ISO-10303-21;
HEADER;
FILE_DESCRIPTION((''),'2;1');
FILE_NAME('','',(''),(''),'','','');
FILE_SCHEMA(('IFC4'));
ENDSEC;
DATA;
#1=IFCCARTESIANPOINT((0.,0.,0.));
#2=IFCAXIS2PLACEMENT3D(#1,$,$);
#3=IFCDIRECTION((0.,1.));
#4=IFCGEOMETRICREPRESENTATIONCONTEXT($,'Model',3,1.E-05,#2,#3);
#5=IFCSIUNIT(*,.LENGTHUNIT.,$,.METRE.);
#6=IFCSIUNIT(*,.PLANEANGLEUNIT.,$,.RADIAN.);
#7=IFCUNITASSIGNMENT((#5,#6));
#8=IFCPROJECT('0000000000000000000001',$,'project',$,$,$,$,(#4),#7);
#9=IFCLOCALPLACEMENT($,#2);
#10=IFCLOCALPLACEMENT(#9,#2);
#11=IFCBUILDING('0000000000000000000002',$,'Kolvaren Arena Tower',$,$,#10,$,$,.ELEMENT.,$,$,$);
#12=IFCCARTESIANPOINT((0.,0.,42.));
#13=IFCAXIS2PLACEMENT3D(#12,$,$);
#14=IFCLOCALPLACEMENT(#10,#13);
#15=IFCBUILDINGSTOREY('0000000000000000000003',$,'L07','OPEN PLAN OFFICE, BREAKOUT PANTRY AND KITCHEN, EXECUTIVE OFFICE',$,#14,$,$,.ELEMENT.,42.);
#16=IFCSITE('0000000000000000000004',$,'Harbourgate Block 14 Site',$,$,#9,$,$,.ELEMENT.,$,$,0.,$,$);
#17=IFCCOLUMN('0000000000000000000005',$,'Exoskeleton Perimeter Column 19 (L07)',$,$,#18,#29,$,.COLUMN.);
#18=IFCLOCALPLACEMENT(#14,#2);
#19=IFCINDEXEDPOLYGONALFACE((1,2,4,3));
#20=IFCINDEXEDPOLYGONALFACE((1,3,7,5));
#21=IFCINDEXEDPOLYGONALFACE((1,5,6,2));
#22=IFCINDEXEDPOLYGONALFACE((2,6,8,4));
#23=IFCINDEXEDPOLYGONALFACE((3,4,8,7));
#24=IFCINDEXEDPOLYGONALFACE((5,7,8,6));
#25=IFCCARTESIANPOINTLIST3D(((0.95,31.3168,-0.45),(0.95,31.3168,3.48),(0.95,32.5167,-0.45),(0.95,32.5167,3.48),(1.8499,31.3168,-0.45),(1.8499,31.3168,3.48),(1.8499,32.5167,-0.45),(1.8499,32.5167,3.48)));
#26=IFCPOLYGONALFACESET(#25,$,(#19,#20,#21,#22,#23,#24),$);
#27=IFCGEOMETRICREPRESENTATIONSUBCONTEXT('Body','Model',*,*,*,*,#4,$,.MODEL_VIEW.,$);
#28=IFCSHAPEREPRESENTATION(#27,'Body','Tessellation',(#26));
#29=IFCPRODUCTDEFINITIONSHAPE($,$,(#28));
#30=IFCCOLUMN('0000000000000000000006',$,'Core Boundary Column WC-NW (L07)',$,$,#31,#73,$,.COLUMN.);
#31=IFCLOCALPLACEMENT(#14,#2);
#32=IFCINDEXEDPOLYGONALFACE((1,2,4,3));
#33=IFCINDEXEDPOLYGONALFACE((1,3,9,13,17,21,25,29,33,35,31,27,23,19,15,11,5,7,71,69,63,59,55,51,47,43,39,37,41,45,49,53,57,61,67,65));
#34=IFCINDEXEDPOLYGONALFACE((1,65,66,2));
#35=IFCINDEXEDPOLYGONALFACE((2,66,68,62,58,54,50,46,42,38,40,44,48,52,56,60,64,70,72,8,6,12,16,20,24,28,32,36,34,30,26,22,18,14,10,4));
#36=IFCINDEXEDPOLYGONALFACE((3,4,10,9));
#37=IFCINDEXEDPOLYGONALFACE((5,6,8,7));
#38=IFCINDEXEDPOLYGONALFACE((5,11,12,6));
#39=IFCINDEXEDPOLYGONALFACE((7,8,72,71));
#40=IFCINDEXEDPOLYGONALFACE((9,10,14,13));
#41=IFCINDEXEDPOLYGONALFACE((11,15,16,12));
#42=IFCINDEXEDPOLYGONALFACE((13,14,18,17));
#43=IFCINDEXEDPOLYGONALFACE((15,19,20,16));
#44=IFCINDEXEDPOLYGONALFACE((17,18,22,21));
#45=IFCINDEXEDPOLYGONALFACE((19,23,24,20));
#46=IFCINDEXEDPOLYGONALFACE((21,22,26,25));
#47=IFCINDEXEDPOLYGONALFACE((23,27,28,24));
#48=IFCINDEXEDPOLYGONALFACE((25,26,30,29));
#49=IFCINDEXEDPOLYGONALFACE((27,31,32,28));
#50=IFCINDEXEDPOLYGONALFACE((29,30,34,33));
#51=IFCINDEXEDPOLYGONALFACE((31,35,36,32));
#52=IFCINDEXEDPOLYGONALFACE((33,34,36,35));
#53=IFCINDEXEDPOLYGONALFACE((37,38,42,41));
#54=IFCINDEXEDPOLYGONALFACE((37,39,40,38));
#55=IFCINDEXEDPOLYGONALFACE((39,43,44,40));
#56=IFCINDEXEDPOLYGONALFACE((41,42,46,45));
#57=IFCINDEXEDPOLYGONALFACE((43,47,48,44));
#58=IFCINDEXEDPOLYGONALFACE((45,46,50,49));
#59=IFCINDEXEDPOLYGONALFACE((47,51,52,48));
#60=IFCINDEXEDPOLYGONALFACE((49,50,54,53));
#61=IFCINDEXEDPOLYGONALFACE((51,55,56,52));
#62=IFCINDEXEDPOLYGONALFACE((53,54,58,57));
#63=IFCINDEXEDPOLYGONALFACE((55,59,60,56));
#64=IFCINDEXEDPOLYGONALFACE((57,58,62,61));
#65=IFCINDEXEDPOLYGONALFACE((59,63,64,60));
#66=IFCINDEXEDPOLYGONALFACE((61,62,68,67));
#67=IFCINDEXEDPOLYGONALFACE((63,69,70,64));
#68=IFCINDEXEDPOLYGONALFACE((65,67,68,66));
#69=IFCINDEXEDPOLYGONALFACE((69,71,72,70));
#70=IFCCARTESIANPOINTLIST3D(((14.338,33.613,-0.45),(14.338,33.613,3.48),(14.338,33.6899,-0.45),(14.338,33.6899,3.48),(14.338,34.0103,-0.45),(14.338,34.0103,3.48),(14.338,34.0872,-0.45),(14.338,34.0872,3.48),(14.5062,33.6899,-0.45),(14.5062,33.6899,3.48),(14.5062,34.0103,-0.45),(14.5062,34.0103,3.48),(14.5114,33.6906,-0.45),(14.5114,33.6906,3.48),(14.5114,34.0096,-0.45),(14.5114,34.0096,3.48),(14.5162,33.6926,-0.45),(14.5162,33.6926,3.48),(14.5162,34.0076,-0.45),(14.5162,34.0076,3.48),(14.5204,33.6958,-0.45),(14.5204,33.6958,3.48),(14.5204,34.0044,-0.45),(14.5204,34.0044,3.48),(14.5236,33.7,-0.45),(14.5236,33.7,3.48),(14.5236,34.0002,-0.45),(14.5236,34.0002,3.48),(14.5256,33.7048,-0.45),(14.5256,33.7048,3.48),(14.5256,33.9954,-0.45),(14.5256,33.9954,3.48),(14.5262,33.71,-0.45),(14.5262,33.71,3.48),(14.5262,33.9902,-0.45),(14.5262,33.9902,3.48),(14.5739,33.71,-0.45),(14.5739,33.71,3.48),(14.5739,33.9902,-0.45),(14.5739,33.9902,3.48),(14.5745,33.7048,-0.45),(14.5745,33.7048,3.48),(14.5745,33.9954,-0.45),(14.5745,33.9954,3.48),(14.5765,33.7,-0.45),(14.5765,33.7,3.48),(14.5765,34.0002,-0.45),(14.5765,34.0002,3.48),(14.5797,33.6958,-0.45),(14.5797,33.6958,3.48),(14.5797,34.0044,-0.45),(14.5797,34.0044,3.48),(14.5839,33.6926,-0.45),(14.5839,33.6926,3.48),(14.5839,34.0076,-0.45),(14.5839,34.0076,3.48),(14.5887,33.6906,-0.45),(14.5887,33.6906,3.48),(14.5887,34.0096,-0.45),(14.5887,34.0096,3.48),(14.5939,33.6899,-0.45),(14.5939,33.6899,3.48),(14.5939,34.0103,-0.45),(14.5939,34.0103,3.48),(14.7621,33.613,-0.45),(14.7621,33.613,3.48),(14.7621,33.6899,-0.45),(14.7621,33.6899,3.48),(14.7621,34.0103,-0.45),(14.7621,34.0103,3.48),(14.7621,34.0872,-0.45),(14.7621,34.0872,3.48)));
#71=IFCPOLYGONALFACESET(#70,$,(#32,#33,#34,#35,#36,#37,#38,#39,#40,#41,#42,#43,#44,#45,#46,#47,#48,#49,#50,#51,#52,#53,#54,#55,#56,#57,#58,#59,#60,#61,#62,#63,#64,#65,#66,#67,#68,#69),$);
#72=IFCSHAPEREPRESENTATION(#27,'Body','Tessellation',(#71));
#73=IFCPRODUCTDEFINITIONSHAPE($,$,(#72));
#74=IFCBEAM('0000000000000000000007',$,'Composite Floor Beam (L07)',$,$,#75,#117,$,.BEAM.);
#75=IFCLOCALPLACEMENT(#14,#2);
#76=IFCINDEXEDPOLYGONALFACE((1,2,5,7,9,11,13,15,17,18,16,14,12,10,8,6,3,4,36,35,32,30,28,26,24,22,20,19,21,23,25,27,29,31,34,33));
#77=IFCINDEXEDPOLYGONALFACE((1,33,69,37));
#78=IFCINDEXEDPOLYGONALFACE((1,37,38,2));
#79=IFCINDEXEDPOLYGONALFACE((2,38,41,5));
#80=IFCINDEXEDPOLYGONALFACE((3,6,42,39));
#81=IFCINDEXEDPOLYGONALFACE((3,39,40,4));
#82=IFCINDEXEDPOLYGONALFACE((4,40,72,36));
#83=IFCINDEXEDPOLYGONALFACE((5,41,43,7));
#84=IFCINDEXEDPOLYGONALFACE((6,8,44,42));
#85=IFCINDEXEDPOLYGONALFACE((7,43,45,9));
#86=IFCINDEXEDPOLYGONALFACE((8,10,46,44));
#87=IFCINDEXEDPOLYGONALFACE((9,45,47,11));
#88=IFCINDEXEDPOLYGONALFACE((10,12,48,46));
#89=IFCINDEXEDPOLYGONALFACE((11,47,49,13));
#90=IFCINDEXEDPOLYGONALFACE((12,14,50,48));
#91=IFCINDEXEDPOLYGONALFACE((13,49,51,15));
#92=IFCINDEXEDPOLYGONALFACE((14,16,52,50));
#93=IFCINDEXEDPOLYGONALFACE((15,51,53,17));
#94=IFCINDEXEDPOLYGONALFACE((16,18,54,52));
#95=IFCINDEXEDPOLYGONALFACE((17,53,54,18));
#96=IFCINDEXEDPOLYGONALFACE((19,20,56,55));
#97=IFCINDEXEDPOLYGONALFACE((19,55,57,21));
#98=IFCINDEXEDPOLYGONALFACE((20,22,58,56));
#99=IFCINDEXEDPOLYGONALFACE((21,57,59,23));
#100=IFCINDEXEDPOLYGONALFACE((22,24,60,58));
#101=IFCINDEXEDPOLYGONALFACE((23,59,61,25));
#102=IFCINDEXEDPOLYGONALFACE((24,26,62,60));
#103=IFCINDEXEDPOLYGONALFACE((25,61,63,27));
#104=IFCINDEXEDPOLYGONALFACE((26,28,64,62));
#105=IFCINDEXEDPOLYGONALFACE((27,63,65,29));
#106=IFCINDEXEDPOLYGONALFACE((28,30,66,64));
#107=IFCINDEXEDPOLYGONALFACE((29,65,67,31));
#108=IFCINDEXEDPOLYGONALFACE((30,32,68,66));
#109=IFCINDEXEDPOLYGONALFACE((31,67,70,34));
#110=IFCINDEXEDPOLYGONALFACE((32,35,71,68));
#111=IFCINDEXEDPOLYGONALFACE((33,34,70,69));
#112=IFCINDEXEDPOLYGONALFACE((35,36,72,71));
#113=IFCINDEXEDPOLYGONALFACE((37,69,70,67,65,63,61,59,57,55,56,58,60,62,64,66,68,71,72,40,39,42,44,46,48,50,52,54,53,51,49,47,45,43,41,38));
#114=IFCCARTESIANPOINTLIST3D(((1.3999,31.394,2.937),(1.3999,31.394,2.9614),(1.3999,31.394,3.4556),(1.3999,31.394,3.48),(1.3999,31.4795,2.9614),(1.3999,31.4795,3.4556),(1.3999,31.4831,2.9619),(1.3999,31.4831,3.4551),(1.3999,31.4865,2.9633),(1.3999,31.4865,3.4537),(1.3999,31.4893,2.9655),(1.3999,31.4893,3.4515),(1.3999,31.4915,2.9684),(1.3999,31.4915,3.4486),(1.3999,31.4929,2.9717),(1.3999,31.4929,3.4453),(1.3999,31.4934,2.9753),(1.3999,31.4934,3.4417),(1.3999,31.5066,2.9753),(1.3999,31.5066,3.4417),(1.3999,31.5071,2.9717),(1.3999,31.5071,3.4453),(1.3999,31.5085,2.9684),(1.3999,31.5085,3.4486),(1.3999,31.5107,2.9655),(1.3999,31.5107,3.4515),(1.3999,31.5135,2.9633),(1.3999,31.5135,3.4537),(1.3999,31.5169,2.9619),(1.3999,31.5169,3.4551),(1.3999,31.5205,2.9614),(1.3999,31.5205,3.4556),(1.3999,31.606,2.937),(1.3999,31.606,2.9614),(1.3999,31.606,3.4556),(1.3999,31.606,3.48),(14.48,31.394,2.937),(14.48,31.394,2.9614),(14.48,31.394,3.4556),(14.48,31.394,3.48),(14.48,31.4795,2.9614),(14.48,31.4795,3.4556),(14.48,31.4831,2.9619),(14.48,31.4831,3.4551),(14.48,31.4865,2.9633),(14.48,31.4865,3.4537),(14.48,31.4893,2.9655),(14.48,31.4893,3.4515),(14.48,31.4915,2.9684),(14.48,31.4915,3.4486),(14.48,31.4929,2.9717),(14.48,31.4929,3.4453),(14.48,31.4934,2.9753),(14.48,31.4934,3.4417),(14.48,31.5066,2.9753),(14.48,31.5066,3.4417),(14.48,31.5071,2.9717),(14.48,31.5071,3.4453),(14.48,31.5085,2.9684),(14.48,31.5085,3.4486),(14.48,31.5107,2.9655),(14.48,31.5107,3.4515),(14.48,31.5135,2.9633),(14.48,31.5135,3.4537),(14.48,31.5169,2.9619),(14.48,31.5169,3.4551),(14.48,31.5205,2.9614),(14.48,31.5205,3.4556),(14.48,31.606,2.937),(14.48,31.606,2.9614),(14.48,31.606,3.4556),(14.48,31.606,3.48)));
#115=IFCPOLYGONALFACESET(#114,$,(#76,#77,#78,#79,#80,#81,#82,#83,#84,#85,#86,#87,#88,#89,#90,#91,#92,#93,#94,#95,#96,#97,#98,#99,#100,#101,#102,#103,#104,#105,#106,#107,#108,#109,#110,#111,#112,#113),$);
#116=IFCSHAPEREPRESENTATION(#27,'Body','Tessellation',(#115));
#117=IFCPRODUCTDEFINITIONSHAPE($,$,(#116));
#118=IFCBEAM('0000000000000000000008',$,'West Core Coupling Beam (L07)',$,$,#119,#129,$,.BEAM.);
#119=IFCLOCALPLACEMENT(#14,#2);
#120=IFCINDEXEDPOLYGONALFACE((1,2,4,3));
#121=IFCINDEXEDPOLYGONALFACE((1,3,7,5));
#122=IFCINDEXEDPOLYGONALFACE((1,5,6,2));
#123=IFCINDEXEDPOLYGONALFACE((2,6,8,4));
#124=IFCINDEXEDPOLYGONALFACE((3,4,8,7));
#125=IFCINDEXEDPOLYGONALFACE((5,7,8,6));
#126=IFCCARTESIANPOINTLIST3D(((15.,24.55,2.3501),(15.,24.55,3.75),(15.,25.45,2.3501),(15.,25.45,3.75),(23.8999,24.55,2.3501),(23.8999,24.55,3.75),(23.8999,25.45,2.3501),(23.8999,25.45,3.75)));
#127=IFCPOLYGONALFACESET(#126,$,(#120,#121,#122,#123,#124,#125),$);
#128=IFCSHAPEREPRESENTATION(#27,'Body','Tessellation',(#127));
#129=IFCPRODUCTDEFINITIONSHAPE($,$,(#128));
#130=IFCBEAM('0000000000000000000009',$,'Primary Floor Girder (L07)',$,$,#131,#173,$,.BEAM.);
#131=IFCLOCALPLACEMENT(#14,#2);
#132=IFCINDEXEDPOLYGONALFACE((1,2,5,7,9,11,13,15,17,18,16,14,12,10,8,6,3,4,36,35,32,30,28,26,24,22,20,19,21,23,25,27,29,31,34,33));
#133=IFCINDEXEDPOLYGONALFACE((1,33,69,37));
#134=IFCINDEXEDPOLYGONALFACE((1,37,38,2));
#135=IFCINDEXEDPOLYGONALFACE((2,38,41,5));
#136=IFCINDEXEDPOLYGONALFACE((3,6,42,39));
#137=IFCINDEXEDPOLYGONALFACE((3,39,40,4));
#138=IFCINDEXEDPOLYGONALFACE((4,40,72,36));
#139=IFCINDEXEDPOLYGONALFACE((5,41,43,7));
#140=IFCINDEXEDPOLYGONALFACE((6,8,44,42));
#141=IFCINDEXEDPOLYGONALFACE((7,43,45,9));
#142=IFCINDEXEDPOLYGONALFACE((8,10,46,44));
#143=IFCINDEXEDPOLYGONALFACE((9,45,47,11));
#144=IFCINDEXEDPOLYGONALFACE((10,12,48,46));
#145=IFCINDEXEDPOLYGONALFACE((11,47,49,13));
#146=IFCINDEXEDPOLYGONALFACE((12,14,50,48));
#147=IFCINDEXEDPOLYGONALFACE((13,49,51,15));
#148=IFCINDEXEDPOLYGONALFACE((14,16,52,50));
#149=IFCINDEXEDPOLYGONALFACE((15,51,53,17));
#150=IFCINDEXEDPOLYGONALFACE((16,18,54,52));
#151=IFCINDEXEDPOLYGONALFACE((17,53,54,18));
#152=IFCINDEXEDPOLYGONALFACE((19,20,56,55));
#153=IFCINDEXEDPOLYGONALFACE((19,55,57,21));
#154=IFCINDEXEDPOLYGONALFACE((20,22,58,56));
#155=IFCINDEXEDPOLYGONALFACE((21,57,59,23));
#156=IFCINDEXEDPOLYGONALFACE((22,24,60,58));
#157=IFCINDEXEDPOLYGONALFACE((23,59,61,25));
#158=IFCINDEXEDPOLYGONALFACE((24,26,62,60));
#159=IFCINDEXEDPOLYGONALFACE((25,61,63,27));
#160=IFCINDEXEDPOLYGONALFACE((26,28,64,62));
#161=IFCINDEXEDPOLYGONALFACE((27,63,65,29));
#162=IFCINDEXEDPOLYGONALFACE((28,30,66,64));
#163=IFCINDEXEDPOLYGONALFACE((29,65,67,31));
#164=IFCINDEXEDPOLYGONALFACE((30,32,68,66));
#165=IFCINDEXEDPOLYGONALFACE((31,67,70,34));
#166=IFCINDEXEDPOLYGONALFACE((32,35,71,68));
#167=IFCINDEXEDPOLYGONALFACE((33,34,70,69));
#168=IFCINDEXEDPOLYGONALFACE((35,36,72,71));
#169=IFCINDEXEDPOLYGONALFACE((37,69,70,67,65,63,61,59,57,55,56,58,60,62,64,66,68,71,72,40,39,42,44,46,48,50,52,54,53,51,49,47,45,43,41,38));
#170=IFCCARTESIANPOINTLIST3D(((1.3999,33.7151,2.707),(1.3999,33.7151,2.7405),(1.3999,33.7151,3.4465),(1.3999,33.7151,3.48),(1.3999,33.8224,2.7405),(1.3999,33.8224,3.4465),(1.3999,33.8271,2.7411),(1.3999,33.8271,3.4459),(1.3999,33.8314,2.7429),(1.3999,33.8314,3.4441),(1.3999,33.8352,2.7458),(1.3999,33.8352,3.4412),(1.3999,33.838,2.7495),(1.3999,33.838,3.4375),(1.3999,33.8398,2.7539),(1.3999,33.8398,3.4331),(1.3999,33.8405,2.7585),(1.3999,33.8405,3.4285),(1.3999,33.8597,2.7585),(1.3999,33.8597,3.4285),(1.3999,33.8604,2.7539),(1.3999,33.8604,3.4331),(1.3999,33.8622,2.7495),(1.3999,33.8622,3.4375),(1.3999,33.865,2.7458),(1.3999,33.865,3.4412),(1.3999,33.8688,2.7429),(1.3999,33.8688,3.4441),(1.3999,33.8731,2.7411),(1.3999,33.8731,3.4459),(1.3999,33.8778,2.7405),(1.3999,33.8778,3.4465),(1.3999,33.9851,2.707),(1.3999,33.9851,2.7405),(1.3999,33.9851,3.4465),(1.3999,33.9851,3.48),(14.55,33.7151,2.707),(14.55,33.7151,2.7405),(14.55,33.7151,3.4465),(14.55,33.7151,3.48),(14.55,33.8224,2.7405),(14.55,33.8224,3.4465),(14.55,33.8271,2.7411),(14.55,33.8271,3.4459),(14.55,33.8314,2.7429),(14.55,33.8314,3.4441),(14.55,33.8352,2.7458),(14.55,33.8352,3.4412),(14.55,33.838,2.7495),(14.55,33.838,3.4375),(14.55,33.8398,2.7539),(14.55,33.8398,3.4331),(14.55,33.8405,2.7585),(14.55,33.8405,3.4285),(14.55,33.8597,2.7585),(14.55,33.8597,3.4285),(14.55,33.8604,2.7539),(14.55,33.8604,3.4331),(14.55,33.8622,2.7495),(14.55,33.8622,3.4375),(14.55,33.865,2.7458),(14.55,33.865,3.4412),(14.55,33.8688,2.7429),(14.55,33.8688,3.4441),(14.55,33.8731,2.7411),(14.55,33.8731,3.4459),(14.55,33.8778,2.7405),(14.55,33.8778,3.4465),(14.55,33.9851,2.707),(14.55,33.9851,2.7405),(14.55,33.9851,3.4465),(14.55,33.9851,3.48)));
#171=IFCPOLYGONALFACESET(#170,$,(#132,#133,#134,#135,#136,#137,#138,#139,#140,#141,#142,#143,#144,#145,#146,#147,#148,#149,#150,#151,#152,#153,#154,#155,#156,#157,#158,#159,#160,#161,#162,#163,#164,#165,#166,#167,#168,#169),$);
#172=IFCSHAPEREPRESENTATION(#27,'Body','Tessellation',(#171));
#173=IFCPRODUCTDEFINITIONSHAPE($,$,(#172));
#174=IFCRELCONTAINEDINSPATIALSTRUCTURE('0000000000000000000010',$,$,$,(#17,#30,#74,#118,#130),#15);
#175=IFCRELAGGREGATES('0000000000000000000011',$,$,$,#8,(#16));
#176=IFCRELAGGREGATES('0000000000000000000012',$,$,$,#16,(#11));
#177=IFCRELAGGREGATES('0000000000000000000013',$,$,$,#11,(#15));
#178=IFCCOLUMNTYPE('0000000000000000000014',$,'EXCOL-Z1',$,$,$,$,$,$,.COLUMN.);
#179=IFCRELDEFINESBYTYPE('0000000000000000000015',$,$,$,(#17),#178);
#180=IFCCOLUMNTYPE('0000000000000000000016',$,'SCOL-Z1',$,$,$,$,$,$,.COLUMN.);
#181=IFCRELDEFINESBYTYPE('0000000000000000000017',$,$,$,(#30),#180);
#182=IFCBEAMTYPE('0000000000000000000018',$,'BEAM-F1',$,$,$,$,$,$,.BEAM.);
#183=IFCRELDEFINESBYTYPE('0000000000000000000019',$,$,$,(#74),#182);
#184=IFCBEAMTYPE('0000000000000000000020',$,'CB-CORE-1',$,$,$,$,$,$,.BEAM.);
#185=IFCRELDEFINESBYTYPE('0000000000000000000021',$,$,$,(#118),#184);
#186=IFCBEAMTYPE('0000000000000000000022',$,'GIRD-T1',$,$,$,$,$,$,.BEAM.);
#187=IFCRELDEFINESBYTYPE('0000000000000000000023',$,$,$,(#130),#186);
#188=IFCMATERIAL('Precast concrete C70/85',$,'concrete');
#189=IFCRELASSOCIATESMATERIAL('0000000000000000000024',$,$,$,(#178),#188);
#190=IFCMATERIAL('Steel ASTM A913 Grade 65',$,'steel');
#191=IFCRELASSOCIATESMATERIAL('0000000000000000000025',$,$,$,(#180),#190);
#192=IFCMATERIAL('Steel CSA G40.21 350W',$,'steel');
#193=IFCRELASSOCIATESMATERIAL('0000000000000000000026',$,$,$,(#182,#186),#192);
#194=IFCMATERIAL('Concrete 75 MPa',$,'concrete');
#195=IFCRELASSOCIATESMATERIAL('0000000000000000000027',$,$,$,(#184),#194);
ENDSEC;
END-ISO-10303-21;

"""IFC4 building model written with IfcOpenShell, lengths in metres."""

from ifc_helpers import new_model, si_unit, direction, frame, origin, origin_2d, place, context, subcontext, project, spatial, rectangle, i_section, extrude, material, material_profile, profile_set, type_object, element, save


model = new_model("IFC4")

# Units and contexts
model_context = context("Model", 3, precision=1e-05, world=origin(), true_north=direction((0.0, 1.0)))
body_context = subcontext(model_context, "Body", "Model", "MODEL_VIEW")
ifc_project = project(units=[si_unit("LENGTHUNIT", "METRE"), si_unit("PLANEANGLEUNIT", "RADIAN")], contexts=[model_context])

# Site, building, storey
site_placement = place(None, origin())
site = spatial("IfcSite", under=ifc_project, at=site_placement, Name="Harbourgate Block 14 Site", CompositionType="ELEMENT", RefElevation=0.0)
building_placement = place(site_placement, origin())
building = spatial("IfcBuilding", under=site, at=building_placement, Name="Kolvaren Arena Tower", CompositionType="ELEMENT")
storey_placement = place(building_placement, frame((0.0, 0.0, 42.0)))
storey = spatial("IfcBuildingStorey", under=building, at=storey_placement, Name="L07", Description="OPEN PLAN OFFICE, BREAKOUT PANTRY AND KITCHEN, EXECUTIVE OFFICE", CompositionType="ELEMENT", Elevation=42.0)

# Columns
ifc_material_1 = material(Name="Precast concrete C70/85", Category="concrete")
ifc_material_profile_1 = material_profile(ifc_material_1, rectangle(XDim=1.2, YDim=0.8999, at=origin_2d()), Name="RC-1200x900")
ifc_profile_set_1 = profile_set([ifc_material_profile_1], Name="Precast concrete C70/85")
column_type_1 = type_object("IfcColumnType", Name="EXCOL-Z1", PredefinedType="COLUMN", material=ifc_profile_set_1)
column_1_placement = place(storey_placement, frame((1.3999, 31.9167, -0.45), z_axis=(0.0, 0.0, 1.0), x_axis=(0.0, 1.0, 0.0)))
element("IfcColumn", 1, at=column_1_placement, inside=storey, type_object=column_type_1, Name="Exoskeleton Perimeter Column 19 (L07)", PredefinedType="COLUMN", context=body_context, shape_type="SweptSolid", body=[
    extrude(rectangle(XDim=1.2, YDim=0.8999, at=origin_2d()), origin(), (0.0, 0.0, 1.0), 3.9299),
])
ifc_material_2 = material(Name="Steel ASTM A913 Grade 65", Category="steel")
ifc_material_profile_2 = material_profile(ifc_material_2, i_section(OverallWidth=0.4241, OverallDepth=0.4741, WebThickness=0.0476, FlangeThickness=0.0769, FilletRadius=0.02, at=origin_2d()), Name="W360x634")
ifc_profile_set_2 = profile_set([ifc_material_profile_2], Name="Steel ASTM A913 Grade 65")
column_type_2 = type_object("IfcColumnType", Name="SCOL-Z1", PredefinedType="COLUMN", material=ifc_profile_set_2)
column_2_placement = place(storey_placement, frame((14.55, 33.8501, -0.45), z_axis=(0.0, 0.0, 1.0), x_axis=(1.0, 0.0, 0.0)))
element("IfcColumn", 2, at=column_2_placement, inside=storey, type_object=column_type_2, Name="Core Boundary Column WC-NW (L07)", PredefinedType="COLUMN", context=body_context, shape_type="SweptSolid", body=[
    extrude(i_section(OverallWidth=0.4241, OverallDepth=0.4741, WebThickness=0.0476, FlangeThickness=0.0769, FilletRadius=0.02, at=origin_2d()), origin(), (0.0, 0.0, 1.0), 3.9299),
])

# Beams
ifc_material_3 = material(Name="Steel CSA G40.21 350W", Category="steel")
ifc_material_profile_3 = material_profile(ifc_material_3, i_section(OverallWidth=0.2119, OverallDepth=0.543, WebThickness=0.0132, FlangeThickness=0.0244, FilletRadius=0.0139, at=origin_2d()), Name="W530x150")
ifc_profile_set_3 = profile_set([ifc_material_profile_3], Name="Steel CSA G40.21 350W")
beam_type_1 = type_object("IfcBeamType", Name="BEAM-F1", PredefinedType="BEAM", material=ifc_profile_set_3)
beam_1_placement = place(storey_placement, frame((1.3999, 31.5, 3.2085), z_axis=(1.0, 0.0, 0.0), x_axis=(0.0, 1.0, 0.0)))
element("IfcBeam", 3, at=beam_1_placement, inside=storey, type_object=beam_type_1, Name="Composite Floor Beam (L07)", PredefinedType="BEAM", context=body_context, shape_type="SweptSolid", body=[
    extrude(i_section(OverallWidth=0.2119, OverallDepth=0.543, WebThickness=0.0132, FlangeThickness=0.0244, FilletRadius=0.0139, at=origin_2d()), origin(), (0.0, 0.0, 1.0), 13.0801),
])
ifc_material_4 = material(Name="Concrete 75 MPa", Category="concrete")
ifc_material_profile_4 = material_profile(ifc_material_4, rectangle(XDim=0.8999, YDim=1.3999, at=origin_2d()), Name="RC-900x1400")
ifc_profile_set_4 = profile_set([ifc_material_profile_4], Name="Concrete 75 MPa")
beam_type_2 = type_object("IfcBeamType", Name="CB-CORE-1", PredefinedType="BEAM", material=ifc_profile_set_4)
beam_2_placement = place(storey_placement, frame((15.0, 25.0, 3.05), z_axis=(1.0, 0.0, 0.0), x_axis=(0.0, 1.0, 0.0)))
element("IfcBeam", 4, at=beam_2_placement, inside=storey, type_object=beam_type_2, Name="West Core Coupling Beam (L07)", PredefinedType="BEAM", context=body_context, shape_type="SweptSolid", body=[
    extrude(rectangle(XDim=0.8999, YDim=1.3999, at=origin_2d()), origin(), (0.0, 0.0, 1.0), 8.8999),
])
ifc_material_profile_5 = material_profile(ifc_material_3, i_section(OverallWidth=0.27, OverallDepth=0.7729, WebThickness=0.0193, FlangeThickness=0.0334, FilletRadius=0.0181, at=origin_2d()), Name="W760x257")
ifc_profile_set_5 = profile_set([ifc_material_profile_5], Name="Steel CSA G40.21 350W")
beam_type_3 = type_object("IfcBeamType", Name="GIRD-T1", PredefinedType="BEAM", material=ifc_profile_set_5)
beam_3_placement = place(storey_placement, frame((1.3999, 33.8501, 3.0935), z_axis=(1.0, 0.0, 0.0), x_axis=(0.0, 1.0, 0.0)))
element("IfcBeam", 5, at=beam_3_placement, inside=storey, type_object=beam_type_3, Name="Primary Floor Girder (L07)", PredefinedType="BEAM", context=body_context, shape_type="SweptSolid", body=[
    extrude(i_section(OverallWidth=0.27, OverallDepth=0.7729, WebThickness=0.0193, FlangeThickness=0.0334, FilletRadius=0.0181, at=origin_2d()), origin(), (0.0, 0.0, 1.0), 13.1501),
])

save(model, "model.ifc")
